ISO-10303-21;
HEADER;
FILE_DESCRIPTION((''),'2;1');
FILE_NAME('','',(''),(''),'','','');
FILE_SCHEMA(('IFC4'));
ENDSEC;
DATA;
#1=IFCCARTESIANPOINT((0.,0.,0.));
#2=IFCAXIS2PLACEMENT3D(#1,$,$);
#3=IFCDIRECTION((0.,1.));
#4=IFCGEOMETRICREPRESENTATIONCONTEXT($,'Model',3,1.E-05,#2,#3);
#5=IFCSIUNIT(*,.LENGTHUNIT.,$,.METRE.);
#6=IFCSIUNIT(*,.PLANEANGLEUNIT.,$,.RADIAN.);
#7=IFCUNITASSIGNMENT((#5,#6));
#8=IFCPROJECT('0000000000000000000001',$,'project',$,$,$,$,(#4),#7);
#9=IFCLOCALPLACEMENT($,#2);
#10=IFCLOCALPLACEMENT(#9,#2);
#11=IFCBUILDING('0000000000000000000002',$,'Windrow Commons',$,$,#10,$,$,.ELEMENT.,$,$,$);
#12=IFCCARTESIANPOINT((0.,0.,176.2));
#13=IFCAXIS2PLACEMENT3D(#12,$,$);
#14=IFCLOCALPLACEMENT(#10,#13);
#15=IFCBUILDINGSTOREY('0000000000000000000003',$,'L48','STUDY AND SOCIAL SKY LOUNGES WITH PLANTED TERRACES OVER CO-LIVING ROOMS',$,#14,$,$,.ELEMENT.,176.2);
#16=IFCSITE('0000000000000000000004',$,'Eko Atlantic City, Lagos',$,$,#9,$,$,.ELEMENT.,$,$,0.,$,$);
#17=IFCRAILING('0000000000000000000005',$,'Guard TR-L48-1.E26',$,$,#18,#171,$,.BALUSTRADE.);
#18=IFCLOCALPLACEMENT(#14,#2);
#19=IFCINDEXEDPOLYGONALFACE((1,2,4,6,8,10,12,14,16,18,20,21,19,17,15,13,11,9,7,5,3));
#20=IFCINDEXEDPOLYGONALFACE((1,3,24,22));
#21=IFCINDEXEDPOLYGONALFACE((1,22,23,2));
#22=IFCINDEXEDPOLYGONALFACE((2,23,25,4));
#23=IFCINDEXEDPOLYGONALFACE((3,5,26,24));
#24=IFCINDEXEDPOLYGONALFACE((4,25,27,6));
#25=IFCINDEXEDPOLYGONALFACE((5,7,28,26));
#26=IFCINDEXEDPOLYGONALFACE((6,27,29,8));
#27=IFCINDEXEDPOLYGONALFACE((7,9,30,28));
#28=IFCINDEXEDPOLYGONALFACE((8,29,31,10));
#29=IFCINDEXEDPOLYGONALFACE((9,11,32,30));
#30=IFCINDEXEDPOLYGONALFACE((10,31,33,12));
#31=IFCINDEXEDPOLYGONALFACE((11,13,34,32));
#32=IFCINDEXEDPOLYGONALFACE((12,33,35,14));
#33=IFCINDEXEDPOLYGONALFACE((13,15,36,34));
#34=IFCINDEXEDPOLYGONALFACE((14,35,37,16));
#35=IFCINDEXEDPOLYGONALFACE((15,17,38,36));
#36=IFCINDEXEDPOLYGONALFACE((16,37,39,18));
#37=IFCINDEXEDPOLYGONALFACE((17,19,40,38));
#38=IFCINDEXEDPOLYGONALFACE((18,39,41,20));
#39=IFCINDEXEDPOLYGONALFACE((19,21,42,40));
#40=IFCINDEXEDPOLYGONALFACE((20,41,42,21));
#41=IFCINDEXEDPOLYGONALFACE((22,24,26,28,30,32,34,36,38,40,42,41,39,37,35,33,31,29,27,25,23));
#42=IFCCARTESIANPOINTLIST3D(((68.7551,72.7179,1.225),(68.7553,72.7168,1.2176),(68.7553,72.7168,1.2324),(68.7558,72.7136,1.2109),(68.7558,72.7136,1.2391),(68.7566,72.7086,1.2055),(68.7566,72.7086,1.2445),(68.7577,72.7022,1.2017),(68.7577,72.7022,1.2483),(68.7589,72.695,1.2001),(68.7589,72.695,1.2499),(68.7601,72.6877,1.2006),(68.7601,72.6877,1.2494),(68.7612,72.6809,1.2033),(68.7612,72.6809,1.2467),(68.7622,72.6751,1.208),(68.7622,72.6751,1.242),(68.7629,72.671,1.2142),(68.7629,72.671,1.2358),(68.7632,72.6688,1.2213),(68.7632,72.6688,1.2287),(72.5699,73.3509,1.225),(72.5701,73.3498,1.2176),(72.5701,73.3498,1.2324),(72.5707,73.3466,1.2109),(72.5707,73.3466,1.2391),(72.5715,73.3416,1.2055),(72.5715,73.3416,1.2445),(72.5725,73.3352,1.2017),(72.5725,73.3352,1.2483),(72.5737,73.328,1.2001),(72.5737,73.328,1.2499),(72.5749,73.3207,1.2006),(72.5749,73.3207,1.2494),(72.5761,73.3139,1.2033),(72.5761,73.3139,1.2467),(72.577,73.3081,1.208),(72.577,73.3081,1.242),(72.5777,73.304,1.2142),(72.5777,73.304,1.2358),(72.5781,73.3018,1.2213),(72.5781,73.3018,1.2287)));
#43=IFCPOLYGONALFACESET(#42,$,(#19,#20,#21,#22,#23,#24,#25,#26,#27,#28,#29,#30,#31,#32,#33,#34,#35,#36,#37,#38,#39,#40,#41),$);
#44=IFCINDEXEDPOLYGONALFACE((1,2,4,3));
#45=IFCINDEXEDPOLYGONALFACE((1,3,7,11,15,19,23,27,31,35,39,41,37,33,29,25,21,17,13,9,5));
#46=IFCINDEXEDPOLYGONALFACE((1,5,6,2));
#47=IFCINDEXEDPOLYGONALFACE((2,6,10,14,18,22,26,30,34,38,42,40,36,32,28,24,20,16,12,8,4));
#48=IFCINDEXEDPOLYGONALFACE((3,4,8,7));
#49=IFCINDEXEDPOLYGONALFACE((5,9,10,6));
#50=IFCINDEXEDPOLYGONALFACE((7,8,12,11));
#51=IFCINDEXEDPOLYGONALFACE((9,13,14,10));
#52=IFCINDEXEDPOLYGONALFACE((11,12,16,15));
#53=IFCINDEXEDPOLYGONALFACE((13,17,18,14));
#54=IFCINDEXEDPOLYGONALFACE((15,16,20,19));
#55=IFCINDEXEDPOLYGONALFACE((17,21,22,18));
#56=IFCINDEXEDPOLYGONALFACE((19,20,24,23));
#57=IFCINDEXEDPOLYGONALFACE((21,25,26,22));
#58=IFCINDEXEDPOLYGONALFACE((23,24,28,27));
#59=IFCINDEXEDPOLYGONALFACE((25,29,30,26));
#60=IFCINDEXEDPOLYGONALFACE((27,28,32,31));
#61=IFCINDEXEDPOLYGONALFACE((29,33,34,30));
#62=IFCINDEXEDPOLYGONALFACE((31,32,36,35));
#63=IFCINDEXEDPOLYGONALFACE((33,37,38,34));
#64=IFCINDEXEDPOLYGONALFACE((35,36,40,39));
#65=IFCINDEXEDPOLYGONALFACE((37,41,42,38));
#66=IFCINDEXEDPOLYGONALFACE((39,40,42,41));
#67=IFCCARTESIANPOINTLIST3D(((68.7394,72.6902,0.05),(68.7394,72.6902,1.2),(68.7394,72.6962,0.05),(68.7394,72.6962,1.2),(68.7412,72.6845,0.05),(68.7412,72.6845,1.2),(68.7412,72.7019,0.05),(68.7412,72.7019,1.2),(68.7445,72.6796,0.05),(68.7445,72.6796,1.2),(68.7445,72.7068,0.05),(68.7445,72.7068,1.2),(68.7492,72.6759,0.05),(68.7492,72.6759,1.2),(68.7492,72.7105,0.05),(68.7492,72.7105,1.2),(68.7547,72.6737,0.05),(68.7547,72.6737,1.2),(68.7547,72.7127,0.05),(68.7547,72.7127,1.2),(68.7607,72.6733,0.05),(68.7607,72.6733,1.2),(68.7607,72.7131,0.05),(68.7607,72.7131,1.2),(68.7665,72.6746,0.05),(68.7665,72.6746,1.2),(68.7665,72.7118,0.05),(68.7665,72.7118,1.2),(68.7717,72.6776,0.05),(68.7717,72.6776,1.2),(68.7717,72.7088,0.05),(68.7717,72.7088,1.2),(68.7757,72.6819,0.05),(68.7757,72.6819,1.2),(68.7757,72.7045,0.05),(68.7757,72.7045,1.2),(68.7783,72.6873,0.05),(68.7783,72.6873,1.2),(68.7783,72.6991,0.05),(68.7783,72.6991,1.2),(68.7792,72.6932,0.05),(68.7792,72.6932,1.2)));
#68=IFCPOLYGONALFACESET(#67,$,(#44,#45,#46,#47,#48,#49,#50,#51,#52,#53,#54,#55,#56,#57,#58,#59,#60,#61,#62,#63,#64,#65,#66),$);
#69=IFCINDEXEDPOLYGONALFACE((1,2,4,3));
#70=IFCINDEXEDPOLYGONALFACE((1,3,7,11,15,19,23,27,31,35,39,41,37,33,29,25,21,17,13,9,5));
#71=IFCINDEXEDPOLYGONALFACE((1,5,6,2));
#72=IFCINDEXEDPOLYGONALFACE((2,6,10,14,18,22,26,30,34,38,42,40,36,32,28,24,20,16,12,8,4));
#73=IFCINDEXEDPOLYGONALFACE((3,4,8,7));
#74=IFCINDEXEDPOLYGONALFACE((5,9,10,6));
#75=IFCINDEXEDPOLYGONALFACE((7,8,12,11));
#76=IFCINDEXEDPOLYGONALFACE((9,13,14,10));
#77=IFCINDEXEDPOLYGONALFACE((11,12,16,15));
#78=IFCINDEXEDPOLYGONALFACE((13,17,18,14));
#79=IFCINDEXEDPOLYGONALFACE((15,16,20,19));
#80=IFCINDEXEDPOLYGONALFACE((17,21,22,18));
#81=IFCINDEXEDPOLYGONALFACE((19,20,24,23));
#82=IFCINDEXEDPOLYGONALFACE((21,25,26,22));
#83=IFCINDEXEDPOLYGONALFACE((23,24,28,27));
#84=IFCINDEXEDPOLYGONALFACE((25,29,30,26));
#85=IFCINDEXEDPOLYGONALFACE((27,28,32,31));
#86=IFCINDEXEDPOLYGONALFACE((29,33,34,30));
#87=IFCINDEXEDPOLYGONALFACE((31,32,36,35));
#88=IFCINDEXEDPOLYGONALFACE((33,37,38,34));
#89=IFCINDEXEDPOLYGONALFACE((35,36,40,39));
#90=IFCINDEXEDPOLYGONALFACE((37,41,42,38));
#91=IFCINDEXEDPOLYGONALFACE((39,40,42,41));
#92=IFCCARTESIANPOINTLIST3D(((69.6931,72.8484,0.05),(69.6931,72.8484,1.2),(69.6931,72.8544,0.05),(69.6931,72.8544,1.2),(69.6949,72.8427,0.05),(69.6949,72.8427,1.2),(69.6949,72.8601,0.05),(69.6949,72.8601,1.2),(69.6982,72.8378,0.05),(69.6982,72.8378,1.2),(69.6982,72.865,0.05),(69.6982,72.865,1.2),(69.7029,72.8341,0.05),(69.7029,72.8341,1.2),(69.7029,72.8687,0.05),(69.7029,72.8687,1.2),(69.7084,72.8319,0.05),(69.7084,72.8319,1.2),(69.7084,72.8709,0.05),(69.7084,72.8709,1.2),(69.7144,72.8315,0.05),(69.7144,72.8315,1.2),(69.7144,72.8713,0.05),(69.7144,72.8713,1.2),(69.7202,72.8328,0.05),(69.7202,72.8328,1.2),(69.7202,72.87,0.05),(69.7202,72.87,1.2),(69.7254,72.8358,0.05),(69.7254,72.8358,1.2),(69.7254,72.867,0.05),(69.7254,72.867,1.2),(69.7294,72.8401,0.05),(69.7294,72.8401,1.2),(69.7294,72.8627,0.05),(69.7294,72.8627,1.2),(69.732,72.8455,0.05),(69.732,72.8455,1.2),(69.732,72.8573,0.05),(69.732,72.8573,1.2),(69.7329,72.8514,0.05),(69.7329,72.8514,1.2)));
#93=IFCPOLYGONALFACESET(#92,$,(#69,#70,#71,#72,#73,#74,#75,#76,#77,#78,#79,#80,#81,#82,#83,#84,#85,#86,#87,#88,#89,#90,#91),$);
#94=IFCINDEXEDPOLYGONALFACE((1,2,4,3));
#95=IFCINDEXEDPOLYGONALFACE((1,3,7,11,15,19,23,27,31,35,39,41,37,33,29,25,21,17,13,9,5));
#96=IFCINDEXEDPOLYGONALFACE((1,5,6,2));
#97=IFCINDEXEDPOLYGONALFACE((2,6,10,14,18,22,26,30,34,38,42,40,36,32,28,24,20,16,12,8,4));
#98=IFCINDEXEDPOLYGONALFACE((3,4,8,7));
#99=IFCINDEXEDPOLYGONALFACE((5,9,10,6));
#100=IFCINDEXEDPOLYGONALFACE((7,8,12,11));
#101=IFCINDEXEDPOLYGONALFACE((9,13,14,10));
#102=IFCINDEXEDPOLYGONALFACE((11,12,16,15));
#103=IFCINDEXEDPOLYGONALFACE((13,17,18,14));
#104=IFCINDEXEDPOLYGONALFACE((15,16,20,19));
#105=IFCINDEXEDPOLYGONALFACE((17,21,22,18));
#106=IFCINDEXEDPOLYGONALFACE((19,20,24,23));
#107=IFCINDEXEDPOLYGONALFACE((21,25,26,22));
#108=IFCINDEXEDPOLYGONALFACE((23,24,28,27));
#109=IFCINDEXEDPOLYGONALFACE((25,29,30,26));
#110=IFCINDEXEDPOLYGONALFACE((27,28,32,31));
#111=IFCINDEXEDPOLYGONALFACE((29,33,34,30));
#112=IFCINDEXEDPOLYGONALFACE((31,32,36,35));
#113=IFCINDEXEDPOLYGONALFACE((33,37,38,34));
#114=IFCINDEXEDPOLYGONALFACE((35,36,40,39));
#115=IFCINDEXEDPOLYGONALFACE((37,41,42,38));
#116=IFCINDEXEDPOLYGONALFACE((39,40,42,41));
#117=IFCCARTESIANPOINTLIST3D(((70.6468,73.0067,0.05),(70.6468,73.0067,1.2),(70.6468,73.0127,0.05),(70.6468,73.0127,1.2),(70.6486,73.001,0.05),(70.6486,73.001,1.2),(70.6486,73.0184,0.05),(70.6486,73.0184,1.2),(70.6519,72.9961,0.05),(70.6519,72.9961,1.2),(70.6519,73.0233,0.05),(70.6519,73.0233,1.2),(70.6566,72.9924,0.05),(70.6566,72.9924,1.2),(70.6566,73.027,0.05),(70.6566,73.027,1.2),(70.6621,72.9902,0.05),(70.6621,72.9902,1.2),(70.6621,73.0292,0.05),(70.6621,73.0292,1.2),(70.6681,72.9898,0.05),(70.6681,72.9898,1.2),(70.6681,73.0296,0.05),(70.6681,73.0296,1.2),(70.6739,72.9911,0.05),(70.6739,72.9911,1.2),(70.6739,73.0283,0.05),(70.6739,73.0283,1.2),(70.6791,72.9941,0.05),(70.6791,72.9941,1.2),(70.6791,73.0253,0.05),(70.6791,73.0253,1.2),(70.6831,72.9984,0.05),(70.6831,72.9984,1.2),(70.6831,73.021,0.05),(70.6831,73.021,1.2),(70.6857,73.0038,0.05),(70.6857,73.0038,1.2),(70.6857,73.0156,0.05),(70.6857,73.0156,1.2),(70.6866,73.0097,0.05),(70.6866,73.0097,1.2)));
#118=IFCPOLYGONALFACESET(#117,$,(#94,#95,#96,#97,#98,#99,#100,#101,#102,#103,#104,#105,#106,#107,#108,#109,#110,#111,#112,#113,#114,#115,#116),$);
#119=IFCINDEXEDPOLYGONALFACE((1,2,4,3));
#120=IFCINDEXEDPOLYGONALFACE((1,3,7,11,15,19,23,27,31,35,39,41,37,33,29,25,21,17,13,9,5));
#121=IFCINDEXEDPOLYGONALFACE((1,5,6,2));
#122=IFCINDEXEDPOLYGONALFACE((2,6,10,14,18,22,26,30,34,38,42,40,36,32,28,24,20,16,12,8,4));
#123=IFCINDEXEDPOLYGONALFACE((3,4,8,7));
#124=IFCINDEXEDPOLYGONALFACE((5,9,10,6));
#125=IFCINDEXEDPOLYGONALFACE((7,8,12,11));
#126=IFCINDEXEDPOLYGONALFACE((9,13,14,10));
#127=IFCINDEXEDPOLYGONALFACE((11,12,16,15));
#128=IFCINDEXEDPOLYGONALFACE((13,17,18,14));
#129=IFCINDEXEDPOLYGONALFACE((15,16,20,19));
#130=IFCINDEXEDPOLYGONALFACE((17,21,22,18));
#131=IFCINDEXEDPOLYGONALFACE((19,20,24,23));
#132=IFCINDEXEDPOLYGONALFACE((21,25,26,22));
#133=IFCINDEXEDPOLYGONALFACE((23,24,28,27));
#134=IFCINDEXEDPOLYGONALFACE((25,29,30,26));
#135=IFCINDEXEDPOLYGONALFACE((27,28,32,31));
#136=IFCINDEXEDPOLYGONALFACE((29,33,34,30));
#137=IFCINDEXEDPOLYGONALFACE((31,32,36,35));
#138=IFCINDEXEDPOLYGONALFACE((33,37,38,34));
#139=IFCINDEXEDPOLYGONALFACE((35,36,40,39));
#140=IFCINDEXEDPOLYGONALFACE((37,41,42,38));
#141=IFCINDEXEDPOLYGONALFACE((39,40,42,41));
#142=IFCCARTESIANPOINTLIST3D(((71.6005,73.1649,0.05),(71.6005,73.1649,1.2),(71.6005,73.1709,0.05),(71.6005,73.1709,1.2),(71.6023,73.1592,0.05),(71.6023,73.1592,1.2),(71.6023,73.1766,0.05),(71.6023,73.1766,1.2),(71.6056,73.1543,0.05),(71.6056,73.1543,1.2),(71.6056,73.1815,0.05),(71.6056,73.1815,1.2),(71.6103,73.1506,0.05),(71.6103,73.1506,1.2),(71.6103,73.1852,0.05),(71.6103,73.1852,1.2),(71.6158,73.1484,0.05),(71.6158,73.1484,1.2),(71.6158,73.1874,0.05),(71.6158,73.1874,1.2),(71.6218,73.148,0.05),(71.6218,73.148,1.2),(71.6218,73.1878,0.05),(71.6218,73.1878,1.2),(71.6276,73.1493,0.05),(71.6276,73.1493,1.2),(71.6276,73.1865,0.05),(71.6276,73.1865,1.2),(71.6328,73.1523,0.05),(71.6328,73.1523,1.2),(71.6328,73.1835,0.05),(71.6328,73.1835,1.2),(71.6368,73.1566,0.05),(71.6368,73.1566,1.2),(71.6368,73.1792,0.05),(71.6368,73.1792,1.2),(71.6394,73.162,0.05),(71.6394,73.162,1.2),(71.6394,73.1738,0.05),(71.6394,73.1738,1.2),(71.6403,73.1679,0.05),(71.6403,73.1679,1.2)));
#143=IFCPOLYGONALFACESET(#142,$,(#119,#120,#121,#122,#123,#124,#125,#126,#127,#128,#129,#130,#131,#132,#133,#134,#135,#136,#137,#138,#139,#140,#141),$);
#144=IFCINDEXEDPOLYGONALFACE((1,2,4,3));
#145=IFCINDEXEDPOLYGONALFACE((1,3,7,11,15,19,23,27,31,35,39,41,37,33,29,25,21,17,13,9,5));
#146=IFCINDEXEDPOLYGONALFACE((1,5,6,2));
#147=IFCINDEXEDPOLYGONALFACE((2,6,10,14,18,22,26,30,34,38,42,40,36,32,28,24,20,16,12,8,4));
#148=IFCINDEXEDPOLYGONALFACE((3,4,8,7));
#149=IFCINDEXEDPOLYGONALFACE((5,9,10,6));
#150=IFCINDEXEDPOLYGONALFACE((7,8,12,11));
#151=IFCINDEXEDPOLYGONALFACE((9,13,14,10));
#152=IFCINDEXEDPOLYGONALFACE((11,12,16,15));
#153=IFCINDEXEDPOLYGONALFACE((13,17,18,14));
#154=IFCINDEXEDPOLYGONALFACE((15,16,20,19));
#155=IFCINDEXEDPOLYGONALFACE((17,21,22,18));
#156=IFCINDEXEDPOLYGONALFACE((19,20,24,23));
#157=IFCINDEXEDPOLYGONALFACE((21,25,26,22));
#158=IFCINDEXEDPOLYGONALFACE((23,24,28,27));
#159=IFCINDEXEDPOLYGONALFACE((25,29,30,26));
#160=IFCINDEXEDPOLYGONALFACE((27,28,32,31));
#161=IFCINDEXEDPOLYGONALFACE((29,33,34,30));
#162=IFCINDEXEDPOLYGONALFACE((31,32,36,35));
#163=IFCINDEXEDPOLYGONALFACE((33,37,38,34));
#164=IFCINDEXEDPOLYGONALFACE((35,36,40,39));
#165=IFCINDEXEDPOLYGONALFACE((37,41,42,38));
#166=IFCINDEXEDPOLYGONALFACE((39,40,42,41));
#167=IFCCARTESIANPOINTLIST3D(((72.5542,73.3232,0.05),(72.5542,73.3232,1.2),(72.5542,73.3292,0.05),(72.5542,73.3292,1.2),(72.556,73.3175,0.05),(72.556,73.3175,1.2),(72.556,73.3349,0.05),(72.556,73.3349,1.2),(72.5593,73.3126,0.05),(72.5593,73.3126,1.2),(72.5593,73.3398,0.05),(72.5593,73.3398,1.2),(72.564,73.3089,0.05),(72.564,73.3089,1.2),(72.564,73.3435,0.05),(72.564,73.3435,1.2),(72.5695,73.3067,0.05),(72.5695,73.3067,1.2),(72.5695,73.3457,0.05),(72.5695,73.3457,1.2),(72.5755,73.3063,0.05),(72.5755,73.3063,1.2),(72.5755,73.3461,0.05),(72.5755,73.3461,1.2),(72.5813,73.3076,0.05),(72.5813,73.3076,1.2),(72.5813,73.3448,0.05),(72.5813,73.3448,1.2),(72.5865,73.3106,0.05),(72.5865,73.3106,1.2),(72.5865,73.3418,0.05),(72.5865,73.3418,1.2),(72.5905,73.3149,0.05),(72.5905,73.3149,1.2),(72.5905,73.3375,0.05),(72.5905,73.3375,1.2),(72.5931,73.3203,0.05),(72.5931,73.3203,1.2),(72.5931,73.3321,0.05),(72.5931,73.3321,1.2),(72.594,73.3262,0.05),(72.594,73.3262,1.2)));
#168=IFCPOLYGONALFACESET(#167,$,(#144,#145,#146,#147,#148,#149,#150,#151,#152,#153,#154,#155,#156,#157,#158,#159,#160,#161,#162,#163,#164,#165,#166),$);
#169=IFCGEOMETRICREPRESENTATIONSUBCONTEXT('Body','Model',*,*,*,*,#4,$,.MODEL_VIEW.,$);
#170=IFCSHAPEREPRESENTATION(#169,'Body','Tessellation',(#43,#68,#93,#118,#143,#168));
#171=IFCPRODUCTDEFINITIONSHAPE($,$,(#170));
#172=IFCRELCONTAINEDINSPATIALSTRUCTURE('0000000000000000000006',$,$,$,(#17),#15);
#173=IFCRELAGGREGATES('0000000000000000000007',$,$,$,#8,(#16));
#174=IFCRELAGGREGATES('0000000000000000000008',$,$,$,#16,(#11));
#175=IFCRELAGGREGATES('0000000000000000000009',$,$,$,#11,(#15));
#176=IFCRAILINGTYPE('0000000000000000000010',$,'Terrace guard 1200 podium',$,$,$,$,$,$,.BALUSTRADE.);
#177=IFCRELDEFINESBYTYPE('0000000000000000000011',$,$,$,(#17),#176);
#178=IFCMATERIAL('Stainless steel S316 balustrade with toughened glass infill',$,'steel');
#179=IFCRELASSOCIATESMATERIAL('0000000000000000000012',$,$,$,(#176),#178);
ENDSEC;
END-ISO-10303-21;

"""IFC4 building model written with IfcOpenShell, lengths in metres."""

from ifc_helpers import new_model, si_unit, direction, frame, origin, origin_2d, place, context, subcontext, project, spatial, circle, extrude, material, type_object, element, save


model = new_model("IFC4")

# Units and contexts
model_context = context("Model", 3, precision=1e-05, world=origin(), true_north=direction((0.0, 1.0)))
body_context = subcontext(model_context, "Body", "Model", "MODEL_VIEW")
ifc_project = project(units=[si_unit("LENGTHUNIT", "METRE"), si_unit("PLANEANGLEUNIT", "RADIAN")], contexts=[model_context])

# Site, building, storey
site_placement = place(None, origin())
site = spatial("IfcSite", under=ifc_project, at=site_placement, Name="Eko Atlantic City, Lagos", CompositionType="ELEMENT", RefElevation=0.0)
building_placement = place(site_placement, origin())
building = spatial("IfcBuilding", under=site, at=building_placement, Name="Windrow Commons", CompositionType="ELEMENT")
storey_placement = place(building_placement, frame((0.0, 0.0, 176.2)))
storey = spatial("IfcBuildingStorey", under=building, at=storey_placement, Name="L48", Description="STUDY AND SOCIAL SKY LOUNGES WITH PLANTED TERRACES OVER CO-LIVING ROOMS", CompositionType="ELEMENT", Elevation=176.2)

# Railing
ifc_material_1 = material(Name="Stainless steel S316 balustrade with toughened glass infill", Category="steel")
railing_type_1 = type_object("IfcRailingType", Name="Terrace guard 1200 podium", PredefinedType="BALUSTRADE", material=ifc_material_1)
railing_1_placement = place(storey_placement, frame((68.7592, 72.6932, 0.05)))
element("IfcRailing", 1, at=railing_1_placement, inside=storey, type_object=railing_type_1, Name="Guard TR-L48-1.E26", PredefinedType="BALUSTRADE", context=body_context, shape_type="SweptSolid", body=[
    extrude(circle(Radius=0.025, at=origin_2d()), frame((0.0, 0.0, 1.175), z_axis=(0.986511, 0.163694, 0.0), x_axis=(-0.163694, 0.986511, 0.0)), (0.0, 0.0, 1.0), 3.867),
    extrude(circle(Radius=0.02, at=origin_2d()), origin(), (0.0, 0.0, 1.0), 1.15),
    extrude(circle(Radius=0.02, at=origin_2d()), frame((0.9537, 0.1582, 0.0)), (0.0, 0.0, 1.0), 1.15),
    extrude(circle(Radius=0.02, at=origin_2d()), frame((1.9074, 0.3165, 0.0)), (0.0, 0.0, 1.0), 1.15),
    extrude(circle(Radius=0.02, at=origin_2d()), frame((2.8611, 0.4747, 0.0)), (0.0, 0.0, 1.0), 1.15),
    extrude(circle(Radius=0.02, at=origin_2d()), frame((3.8148, 0.633, 0.0)), (0.0, 0.0, 1.0), 1.15),
])

save(model, "model.ifc")
